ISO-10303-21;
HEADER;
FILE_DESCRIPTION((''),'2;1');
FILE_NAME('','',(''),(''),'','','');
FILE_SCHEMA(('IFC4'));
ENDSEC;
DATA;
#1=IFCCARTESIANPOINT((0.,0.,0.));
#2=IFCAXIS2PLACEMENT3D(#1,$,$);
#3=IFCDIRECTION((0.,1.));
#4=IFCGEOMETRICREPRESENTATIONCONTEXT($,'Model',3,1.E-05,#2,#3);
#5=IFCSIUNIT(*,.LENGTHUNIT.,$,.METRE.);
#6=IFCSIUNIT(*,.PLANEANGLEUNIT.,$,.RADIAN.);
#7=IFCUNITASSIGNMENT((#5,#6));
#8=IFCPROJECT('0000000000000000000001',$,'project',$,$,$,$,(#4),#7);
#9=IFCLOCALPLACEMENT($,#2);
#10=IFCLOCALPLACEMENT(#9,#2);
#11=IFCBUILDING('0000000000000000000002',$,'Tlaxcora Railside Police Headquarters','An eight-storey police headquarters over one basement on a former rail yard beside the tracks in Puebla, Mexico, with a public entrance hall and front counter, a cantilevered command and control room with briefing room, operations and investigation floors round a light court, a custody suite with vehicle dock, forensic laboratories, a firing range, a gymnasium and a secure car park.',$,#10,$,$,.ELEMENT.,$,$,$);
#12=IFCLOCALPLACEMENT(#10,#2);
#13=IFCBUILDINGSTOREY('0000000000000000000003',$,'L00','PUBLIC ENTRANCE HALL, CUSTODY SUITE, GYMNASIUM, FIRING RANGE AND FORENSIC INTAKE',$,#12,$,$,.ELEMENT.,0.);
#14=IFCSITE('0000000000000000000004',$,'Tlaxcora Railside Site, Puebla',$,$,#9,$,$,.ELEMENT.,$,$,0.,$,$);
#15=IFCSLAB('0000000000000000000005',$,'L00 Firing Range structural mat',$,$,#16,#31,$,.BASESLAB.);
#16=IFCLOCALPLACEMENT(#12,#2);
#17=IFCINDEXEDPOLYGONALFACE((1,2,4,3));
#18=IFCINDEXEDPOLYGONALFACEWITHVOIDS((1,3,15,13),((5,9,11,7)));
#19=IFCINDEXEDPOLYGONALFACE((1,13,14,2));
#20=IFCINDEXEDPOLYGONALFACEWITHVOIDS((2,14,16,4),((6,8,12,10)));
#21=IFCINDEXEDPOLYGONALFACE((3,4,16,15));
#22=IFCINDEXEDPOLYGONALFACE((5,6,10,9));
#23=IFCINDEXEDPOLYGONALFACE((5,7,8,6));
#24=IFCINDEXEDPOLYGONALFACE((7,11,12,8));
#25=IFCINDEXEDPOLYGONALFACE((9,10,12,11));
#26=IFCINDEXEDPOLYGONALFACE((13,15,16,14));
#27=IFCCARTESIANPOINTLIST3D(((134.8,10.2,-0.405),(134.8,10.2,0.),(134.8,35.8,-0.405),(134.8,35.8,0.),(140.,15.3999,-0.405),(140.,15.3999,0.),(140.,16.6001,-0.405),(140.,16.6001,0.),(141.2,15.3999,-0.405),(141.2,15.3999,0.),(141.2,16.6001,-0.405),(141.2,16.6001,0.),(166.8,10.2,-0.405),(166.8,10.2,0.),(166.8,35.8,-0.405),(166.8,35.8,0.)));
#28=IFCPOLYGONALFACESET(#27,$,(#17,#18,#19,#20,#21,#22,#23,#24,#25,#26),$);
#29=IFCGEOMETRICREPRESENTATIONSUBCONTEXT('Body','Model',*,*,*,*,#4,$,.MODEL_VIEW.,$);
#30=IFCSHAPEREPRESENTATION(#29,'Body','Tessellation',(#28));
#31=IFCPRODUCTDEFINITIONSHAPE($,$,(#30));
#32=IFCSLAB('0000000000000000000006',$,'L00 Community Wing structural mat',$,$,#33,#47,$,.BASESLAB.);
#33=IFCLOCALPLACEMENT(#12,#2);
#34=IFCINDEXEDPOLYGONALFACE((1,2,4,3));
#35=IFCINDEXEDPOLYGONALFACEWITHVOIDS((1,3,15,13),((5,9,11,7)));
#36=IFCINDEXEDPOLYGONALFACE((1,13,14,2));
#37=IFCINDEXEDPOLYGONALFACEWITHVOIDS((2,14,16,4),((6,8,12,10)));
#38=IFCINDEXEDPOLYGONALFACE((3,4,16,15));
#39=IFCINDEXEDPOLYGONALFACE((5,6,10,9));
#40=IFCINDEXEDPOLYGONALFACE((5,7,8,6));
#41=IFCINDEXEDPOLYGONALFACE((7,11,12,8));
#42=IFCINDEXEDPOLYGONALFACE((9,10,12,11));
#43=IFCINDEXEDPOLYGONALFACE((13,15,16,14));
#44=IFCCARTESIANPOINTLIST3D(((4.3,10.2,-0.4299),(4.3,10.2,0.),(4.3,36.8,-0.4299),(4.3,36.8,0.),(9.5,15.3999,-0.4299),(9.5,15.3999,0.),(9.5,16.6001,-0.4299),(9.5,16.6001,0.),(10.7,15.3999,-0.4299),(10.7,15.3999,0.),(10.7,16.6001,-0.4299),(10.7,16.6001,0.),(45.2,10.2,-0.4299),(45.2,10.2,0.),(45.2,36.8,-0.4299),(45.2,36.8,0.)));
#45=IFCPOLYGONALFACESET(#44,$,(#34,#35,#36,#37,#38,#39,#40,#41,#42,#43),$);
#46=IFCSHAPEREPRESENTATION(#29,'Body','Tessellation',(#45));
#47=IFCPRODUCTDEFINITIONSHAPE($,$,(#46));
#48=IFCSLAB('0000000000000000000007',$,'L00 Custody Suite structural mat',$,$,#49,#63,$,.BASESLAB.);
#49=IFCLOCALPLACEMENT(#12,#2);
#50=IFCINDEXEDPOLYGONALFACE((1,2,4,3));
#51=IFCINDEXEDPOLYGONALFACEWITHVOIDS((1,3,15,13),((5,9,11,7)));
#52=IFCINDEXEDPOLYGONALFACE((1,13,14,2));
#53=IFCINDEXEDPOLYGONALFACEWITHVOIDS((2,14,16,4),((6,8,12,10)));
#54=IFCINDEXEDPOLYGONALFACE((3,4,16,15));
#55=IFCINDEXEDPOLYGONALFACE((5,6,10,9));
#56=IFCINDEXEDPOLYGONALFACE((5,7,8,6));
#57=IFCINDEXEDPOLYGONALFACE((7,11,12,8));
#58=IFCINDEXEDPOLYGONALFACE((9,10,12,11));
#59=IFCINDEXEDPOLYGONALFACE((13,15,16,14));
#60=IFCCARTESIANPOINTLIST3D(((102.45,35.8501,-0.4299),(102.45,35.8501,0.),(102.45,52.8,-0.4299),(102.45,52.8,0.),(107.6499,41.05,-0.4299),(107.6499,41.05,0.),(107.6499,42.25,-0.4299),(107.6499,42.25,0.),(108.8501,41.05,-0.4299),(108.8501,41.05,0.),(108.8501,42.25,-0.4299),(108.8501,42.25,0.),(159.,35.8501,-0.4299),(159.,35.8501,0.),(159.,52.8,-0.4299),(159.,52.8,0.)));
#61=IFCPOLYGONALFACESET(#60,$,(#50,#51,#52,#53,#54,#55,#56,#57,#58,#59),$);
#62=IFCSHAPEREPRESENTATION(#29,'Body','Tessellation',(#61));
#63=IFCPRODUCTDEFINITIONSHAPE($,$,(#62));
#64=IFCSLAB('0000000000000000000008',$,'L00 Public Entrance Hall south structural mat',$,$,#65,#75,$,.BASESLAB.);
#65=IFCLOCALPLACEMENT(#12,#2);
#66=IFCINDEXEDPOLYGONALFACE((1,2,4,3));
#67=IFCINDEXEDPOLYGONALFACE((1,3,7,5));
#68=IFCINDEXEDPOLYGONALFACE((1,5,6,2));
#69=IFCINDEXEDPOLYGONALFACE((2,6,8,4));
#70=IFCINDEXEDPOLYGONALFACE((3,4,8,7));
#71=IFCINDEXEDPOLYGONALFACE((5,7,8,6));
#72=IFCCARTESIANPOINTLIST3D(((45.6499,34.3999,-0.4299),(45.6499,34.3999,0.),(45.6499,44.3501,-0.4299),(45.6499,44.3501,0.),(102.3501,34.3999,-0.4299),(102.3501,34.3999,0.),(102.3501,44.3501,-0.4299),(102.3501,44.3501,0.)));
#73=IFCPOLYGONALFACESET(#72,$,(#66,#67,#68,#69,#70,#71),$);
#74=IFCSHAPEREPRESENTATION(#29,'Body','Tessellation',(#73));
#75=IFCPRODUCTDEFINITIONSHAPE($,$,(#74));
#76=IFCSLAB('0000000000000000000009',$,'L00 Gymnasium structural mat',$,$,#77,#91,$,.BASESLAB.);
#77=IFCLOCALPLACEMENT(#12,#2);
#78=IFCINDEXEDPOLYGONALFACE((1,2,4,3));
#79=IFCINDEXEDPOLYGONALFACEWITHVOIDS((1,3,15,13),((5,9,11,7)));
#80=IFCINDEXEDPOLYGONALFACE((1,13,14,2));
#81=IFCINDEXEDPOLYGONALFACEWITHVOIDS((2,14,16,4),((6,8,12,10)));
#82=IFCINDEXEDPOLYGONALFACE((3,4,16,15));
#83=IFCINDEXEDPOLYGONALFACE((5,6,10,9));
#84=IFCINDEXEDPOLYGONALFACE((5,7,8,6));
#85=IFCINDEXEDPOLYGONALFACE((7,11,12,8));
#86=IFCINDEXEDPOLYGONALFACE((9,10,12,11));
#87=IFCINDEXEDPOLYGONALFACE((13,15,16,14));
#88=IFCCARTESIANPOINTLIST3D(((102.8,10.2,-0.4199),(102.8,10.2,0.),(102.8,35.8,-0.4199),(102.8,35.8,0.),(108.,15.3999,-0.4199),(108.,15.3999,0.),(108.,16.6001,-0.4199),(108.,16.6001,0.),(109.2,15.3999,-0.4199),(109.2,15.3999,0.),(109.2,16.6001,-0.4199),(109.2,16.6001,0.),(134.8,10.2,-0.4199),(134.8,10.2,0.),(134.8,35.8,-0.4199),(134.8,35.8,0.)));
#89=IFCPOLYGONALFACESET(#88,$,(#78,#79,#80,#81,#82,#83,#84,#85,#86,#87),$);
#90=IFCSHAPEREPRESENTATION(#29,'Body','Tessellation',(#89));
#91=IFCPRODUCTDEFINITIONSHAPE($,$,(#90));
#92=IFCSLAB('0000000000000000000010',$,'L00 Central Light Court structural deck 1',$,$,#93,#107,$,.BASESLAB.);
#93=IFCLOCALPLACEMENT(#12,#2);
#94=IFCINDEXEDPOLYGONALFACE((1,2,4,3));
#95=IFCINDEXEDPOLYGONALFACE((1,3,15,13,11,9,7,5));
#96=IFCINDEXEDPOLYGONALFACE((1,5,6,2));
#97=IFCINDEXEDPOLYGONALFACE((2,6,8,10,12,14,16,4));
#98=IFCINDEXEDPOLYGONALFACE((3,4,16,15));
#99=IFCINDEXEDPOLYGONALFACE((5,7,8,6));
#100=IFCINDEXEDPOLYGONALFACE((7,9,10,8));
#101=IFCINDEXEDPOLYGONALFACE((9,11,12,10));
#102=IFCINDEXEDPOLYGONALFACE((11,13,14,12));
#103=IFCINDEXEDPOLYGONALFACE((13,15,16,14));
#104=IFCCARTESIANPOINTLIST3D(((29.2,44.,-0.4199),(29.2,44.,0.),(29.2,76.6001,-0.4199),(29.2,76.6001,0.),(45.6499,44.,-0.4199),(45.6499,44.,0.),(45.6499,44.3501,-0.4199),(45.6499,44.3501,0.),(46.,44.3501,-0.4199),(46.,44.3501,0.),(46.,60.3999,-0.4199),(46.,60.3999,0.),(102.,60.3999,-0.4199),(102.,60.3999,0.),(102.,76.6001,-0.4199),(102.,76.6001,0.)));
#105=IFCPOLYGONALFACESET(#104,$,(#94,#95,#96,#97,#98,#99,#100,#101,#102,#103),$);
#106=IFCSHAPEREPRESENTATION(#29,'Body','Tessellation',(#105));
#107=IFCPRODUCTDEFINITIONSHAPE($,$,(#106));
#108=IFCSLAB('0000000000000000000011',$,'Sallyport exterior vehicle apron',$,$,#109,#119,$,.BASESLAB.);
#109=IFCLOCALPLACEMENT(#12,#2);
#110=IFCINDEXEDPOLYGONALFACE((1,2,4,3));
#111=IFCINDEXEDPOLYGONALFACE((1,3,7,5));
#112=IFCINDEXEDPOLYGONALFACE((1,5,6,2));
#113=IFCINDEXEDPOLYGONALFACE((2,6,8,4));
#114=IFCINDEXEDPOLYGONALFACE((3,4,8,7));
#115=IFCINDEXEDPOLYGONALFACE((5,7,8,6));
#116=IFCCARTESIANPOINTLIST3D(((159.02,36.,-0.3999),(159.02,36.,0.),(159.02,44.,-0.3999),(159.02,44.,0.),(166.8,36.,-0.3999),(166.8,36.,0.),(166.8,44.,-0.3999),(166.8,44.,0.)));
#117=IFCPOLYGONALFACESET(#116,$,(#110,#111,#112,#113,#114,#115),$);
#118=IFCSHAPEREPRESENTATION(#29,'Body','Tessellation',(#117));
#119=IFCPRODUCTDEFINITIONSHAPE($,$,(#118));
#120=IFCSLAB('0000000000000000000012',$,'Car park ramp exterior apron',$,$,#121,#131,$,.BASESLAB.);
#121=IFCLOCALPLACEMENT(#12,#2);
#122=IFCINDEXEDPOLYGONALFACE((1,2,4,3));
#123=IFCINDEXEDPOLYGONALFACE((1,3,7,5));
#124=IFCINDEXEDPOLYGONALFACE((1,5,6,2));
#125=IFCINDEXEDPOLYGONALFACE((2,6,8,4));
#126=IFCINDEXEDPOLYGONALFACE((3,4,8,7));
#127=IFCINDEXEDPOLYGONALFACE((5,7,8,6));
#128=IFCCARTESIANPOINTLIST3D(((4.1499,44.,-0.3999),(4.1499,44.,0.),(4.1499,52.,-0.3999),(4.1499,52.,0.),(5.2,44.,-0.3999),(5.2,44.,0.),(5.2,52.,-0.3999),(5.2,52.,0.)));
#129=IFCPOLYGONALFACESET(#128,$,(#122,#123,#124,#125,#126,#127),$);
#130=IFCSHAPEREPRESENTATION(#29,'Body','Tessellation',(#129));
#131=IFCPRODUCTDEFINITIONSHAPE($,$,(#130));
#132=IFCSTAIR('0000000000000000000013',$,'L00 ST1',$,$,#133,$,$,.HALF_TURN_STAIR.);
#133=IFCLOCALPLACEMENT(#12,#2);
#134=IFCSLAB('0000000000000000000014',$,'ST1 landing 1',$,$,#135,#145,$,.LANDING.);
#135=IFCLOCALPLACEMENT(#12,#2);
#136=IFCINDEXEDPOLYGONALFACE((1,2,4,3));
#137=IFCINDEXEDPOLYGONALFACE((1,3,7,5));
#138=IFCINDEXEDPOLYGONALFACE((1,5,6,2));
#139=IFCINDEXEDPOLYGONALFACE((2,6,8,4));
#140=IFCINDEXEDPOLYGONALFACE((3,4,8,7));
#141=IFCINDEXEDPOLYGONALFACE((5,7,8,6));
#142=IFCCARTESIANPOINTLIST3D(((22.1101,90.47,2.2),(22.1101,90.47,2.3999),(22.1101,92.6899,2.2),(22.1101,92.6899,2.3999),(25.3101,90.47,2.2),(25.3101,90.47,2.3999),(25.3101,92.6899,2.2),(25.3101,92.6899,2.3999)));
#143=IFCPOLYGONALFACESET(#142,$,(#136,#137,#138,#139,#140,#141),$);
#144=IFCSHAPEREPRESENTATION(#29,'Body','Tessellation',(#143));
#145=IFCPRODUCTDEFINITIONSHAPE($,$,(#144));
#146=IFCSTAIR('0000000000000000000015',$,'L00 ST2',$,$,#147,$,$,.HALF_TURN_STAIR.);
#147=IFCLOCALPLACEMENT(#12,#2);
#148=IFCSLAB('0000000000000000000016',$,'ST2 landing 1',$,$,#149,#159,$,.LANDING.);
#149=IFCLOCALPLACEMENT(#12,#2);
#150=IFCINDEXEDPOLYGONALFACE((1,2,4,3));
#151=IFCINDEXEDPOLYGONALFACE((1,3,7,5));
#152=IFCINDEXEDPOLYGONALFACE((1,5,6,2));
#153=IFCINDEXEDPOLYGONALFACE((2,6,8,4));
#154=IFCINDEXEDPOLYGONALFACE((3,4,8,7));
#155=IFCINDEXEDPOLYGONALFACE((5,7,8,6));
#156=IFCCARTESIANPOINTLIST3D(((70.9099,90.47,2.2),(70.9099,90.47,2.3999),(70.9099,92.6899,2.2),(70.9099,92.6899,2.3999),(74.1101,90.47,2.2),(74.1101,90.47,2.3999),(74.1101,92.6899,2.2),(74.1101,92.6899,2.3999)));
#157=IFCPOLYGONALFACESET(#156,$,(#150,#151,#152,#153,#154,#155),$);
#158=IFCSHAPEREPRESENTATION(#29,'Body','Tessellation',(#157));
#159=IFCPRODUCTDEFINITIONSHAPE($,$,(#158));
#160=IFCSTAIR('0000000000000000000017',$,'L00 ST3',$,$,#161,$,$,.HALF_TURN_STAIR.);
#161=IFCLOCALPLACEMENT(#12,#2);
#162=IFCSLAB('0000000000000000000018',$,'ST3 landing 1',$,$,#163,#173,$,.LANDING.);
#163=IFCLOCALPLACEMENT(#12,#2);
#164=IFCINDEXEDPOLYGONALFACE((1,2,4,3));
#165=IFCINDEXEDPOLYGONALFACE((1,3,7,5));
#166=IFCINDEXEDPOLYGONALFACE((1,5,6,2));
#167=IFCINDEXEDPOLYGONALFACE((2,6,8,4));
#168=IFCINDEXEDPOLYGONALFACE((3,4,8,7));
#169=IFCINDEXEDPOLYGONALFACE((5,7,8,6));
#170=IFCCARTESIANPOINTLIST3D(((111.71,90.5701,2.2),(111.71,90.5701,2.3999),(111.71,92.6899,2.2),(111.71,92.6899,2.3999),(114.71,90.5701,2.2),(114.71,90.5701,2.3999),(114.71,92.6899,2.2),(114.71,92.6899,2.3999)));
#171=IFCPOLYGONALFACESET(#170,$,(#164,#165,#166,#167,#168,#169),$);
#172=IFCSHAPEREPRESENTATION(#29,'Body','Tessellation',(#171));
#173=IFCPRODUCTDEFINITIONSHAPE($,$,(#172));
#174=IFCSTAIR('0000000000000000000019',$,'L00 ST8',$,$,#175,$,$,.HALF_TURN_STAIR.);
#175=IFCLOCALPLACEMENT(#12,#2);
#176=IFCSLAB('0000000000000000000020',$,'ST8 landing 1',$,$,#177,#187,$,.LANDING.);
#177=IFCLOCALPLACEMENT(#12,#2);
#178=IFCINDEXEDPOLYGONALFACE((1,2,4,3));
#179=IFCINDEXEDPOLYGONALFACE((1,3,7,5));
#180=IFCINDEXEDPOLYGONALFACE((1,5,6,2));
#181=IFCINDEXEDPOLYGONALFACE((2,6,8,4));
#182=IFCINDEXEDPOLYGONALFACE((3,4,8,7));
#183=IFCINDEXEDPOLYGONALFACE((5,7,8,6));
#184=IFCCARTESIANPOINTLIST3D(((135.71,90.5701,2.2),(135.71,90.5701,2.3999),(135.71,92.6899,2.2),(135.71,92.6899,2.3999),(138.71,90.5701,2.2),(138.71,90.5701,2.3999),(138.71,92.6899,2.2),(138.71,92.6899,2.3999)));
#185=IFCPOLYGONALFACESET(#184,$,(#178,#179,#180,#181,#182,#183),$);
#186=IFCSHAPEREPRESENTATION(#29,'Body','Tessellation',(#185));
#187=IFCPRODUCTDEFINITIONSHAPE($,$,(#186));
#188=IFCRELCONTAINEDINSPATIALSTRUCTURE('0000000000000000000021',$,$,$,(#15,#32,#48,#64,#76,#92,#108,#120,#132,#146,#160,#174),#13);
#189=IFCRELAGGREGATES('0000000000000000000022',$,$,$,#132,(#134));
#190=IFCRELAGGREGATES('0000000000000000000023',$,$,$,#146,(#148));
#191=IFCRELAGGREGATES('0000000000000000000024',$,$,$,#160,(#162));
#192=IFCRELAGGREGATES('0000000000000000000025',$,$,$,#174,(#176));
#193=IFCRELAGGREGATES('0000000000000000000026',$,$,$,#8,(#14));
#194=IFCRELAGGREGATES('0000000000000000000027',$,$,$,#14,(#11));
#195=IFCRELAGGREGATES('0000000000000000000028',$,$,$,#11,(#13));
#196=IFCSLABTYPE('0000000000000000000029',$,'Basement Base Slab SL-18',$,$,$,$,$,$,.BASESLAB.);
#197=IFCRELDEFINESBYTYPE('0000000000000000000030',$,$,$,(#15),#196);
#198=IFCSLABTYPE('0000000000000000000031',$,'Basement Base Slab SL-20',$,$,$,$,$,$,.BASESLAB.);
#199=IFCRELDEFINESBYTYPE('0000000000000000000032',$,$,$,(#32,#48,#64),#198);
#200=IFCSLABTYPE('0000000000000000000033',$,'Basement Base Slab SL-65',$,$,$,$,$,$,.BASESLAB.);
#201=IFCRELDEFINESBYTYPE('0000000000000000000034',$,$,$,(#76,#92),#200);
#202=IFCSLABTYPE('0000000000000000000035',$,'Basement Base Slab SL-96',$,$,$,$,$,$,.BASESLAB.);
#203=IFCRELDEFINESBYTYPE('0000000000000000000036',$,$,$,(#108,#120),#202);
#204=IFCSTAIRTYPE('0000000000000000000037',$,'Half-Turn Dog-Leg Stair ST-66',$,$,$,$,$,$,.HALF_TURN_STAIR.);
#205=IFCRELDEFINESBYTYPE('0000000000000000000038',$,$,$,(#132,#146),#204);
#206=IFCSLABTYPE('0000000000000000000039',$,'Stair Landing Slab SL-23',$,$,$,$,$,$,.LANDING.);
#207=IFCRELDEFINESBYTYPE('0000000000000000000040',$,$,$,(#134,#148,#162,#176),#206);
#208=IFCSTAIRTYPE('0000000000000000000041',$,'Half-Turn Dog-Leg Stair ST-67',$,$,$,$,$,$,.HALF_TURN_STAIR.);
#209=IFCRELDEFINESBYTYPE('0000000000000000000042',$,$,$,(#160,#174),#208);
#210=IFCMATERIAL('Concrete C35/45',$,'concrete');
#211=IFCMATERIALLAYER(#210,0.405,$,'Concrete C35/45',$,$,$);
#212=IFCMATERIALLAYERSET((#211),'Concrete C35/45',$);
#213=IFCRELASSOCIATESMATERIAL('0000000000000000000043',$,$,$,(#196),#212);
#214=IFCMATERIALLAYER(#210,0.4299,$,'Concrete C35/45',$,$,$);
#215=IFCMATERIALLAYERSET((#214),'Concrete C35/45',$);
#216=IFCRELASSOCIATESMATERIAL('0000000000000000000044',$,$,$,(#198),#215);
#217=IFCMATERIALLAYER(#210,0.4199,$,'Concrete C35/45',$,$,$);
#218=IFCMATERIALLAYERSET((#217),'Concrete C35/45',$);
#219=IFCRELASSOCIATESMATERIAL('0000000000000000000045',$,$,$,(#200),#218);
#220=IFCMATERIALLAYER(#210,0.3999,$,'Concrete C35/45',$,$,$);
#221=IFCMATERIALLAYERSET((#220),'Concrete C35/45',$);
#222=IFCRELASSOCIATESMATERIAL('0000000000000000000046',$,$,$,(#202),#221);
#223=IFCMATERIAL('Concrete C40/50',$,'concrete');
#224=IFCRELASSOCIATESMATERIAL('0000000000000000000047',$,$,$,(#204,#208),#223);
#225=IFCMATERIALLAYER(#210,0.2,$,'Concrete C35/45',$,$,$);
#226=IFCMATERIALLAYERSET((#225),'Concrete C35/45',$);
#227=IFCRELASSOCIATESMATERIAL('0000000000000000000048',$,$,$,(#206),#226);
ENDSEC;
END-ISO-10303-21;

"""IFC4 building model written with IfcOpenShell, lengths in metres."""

from ifc_helpers import new_model, si_unit, direction, frame, origin, place, context, subcontext, project, spatial, polyline, outline, extrude, material, layer, layer_set, type_object, element, aggregate, save


model = new_model("IFC4")

# Units and contexts
model_context = context("Model", 3, precision=1e-05, world=origin(), true_north=direction((0.0, 1.0)))
body_context = subcontext(model_context, "Body", "Model", "MODEL_VIEW")
ifc_project = project(units=[si_unit("LENGTHUNIT", "METRE"), si_unit("PLANEANGLEUNIT", "RADIAN")], contexts=[model_context])

# Site, building, storey
site_placement = place(None, origin())
site = spatial("IfcSite", under=ifc_project, at=site_placement, Name="Tlaxcora Railside Site, Puebla", CompositionType="ELEMENT", RefElevation=0.0)
building_placement = place(site_placement, origin())
building = spatial("IfcBuilding", under=site, at=building_placement, Name="Tlaxcora Railside Police Headquarters", Description="An eight-storey police headquarters over one basement on a former rail yard beside the tracks in Puebla, Mexico, with a public entrance hall and front counter, a cantilevered command and control room with briefing room, operations and investigation floors round a light court, a custody suite with vehicle dock, forensic laboratories, a firing range, a gymnasium and a secure car park.", CompositionType="ELEMENT")
storey_placement = place(building_placement, origin())
storey = spatial("IfcBuildingStorey", under=building, at=storey_placement, Name="L00", Description="PUBLIC ENTRANCE HALL, CUSTODY SUITE, GYMNASIUM, FIRING RANGE AND FORENSIC INTAKE", CompositionType="ELEMENT", Elevation=0.0)

# Slabs
ifc_material_1 = material(Name="Concrete C35/45", Category="concrete")
ifc_layer_1 = layer(ifc_material_1, 0.405, Name="Concrete C35/45")
ifc_layer_set_1 = layer_set([ifc_layer_1], Name="Concrete C35/45")
slab_type_1 = type_object("IfcSlabType", Name="Basement Base Slab SL-18", PredefinedType="BASESLAB", material=ifc_layer_set_1)
slab_1_placement = place(storey_placement, frame((0.0, 0.0, -0.405)))
element("IfcSlab", 1, at=slab_1_placement, inside=storey, type_object=slab_type_1, Name="L00 Firing Range structural mat", PredefinedType="BASESLAB", context=body_context, shape_type="SweptSolid", body=[
    extrude(outline(polyline([(166.8, 10.2), (166.8, 35.8), (134.8, 35.8), (134.8, 10.2), (166.8, 10.2)]), holes=[polyline([(141.2, 15.3999), (140.0, 15.3999), (140.0, 16.6001), (141.2, 16.6001), (141.2, 15.3999)])]), origin(), (0.0, 0.0, 1.0), 0.405),
])
ifc_layer_2 = layer(ifc_material_1, 0.4299, Name="Concrete C35/45")
ifc_layer_set_2 = layer_set([ifc_layer_2], Name="Concrete C35/45")
slab_type_2 = type_object("IfcSlabType", Name="Basement Base Slab SL-20", PredefinedType="BASESLAB", material=ifc_layer_set_2)
slab_2_placement = place(storey_placement, frame((0.0, 0.0, -0.4299)))
element("IfcSlab", 2, at=slab_2_placement, inside=storey, type_object=slab_type_2, Name="L00 Community Wing structural mat", PredefinedType="BASESLAB", context=body_context, shape_type="SweptSolid", body=[
    extrude(outline(polyline([(45.2, 10.2), (45.2, 36.8), (4.3, 36.8), (4.3, 10.2), (45.2, 10.2)]), holes=[polyline([(10.7, 15.3999), (9.5, 15.3999), (9.5, 16.6001), (10.7, 16.6001), (10.7, 15.3999)])]), origin(), (0.0, 0.0, 1.0), 0.4299),
])
slab_3_placement = place(storey_placement, frame((0.0, 0.0, -0.4299)))
element("IfcSlab", 3, at=slab_3_placement, inside=storey, type_object=slab_type_2, Name="L00 Custody Suite structural mat", PredefinedType="BASESLAB", context=body_context, shape_type="SweptSolid", body=[
    extrude(outline(polyline([(159.0, 35.8501), (159.0, 52.8), (102.45, 52.8), (102.45, 35.8501), (159.0, 35.8501)]), holes=[polyline([(108.8501, 41.05), (107.6499, 41.05), (107.6499, 42.25), (108.8501, 42.25), (108.8501, 41.05)])]), origin(), (0.0, 0.0, 1.0), 0.4299),
])
slab_4_placement = place(storey_placement, frame((0.0, 0.0, -0.4299)))
element("IfcSlab", 4, at=slab_4_placement, inside=storey, type_object=slab_type_2, Name="L00 Public Entrance Hall south structural mat", PredefinedType="BASESLAB", context=body_context, shape_type="SweptSolid", body=[
    extrude(outline(polyline([(102.3501, 34.3999), (102.3501, 44.3501), (45.6499, 44.3501), (45.6499, 34.3999), (102.3501, 34.3999)])), origin(), (0.0, 0.0, 1.0), 0.4299),
])
ifc_layer_3 = layer(ifc_material_1, 0.4199, Name="Concrete C35/45")
ifc_layer_set_3 = layer_set([ifc_layer_3], Name="Concrete C35/45")
slab_type_3 = type_object("IfcSlabType", Name="Basement Base Slab SL-65", PredefinedType="BASESLAB", material=ifc_layer_set_3)
slab_5_placement = place(storey_placement, frame((0.0, 0.0, -0.4199)))
element("IfcSlab", 5, at=slab_5_placement, inside=storey, type_object=slab_type_3, Name="L00 Gymnasium structural mat", PredefinedType="BASESLAB", context=body_context, shape_type="SweptSolid", body=[
    extrude(outline(polyline([(134.8, 10.2), (134.8, 35.8), (102.8, 35.8), (102.8, 10.2), (134.8, 10.2)]), holes=[polyline([(109.2, 15.3999), (108.0, 15.3999), (108.0, 16.6001), (109.2, 16.6001), (109.2, 15.3999)])]), origin(), (0.0, 0.0, 1.0), 0.4199),
])
slab_6_placement = place(storey_placement, frame((0.0, 0.0, -0.4199)))
element("IfcSlab", 6, at=slab_6_placement, inside=storey, type_object=slab_type_3, Name="L00 Central Light Court structural deck 1", PredefinedType="BASESLAB", context=body_context, shape_type="SweptSolid", body=[
    extrude(outline(polyline([(45.6499, 44.0), (45.6499, 44.3501), (46.0, 44.3501), (46.0, 60.3999), (102.0, 60.3999), (102.0, 76.6001), (29.2, 76.6001), (29.2, 44.0), (45.6499, 44.0)])), origin(), (0.0, 0.0, 1.0), 0.4199),
])
ifc_layer_4 = layer(ifc_material_1, 0.3999, Name="Concrete C35/45")
ifc_layer_set_4 = layer_set([ifc_layer_4], Name="Concrete C35/45")
slab_type_4 = type_object("IfcSlabType", Name="Basement Base Slab SL-96", PredefinedType="BASESLAB", material=ifc_layer_set_4)
slab_7_placement = place(storey_placement, frame((0.0, 0.0, -0.3999)))
element("IfcSlab", 7, at=slab_7_placement, inside=storey, type_object=slab_type_4, Name="Sallyport exterior vehicle apron", PredefinedType="BASESLAB", context=body_context, shape_type="SweptSolid", body=[
    extrude(outline(polyline([(166.8, 36.0), (166.8, 44.0), (159.02, 44.0), (159.02, 36.0), (166.8, 36.0)])), origin(), (0.0, 0.0, 1.0), 0.3999),
])
slab_8_placement = place(storey_placement, frame((0.0, 0.0, -0.3999)))
element("IfcSlab", 8, at=slab_8_placement, inside=storey, type_object=slab_type_4, Name="Car park ramp exterior apron", PredefinedType="BASESLAB", context=body_context, shape_type="SweptSolid", body=[
    extrude(outline(polyline([(5.2, 44.0), (5.2, 52.0), (4.1499, 52.0), (4.1499, 44.0), (5.2, 44.0)])), origin(), (0.0, 0.0, 1.0), 0.3999),
])

# Stairs, slabs
ifc_material_2 = material(Name="Concrete C40/50", Category="concrete")
stair_type_1 = type_object("IfcStairType", Name="Half-Turn Dog-Leg Stair ST-66", PredefinedType="HALF_TURN_STAIR", material=ifc_material_2)
stair_1_placement = place(storey_placement, origin())
stair_1 = element("IfcStair", 9, at=stair_1_placement, inside=storey, type_object=stair_type_1, Name="L00 ST1", PredefinedType="HALF_TURN_STAIR")
ifc_layer_5 = layer(ifc_material_1, 0.2, Name="Concrete C35/45")
ifc_layer_set_5 = layer_set([ifc_layer_5], Name="Concrete C35/45")
slab_type_5 = type_object("IfcSlabType", Name="Stair Landing Slab SL-23", PredefinedType="LANDING", material=ifc_layer_set_5)
slab_9_placement = place(storey_placement, frame((0.0, 0.0, 2.2)))
slab_9 = element("IfcSlab", 10, at=slab_9_placement, type_object=slab_type_5, Name="ST1 landing 1", PredefinedType="LANDING", context=body_context, shape_type="SweptSolid", body=[
    extrude(outline(polyline([(25.3101, 90.47), (25.3101, 92.6899), (22.1101, 92.6899), (22.1101, 90.47), (25.3101, 90.47)])), origin(), (0.0, 0.0, 1.0), 0.2),
])
aggregate(stair_1, [slab_9])
stair_2_placement = place(storey_placement, origin())
stair_2 = element("IfcStair", 11, at=stair_2_placement, inside=storey, type_object=stair_type_1, Name="L00 ST2", PredefinedType="HALF_TURN_STAIR")
slab_10_placement = place(storey_placement, frame((0.0, 0.0, 2.2)))
slab_10 = element("IfcSlab", 12, at=slab_10_placement, type_object=slab_type_5, Name="ST2 landing 1", PredefinedType="LANDING", context=body_context, shape_type="SweptSolid", body=[
    extrude(outline(polyline([(74.1101, 90.47), (74.1101, 92.6899), (70.9099, 92.6899), (70.9099, 90.47), (74.1101, 90.47)])), origin(), (0.0, 0.0, 1.0), 0.2),
])
aggregate(stair_2, [slab_10])
stair_type_2 = type_object("IfcStairType", Name="Half-Turn Dog-Leg Stair ST-67", PredefinedType="HALF_TURN_STAIR", material=ifc_material_2)
stair_3_placement = place(storey_placement, origin())
stair_3 = element("IfcStair", 13, at=stair_3_placement, inside=storey, type_object=stair_type_2, Name="L00 ST3", PredefinedType="HALF_TURN_STAIR")
slab_11_placement = place(storey_placement, frame((0.0, 0.0, 2.2)))
slab_11 = element("IfcSlab", 14, at=slab_11_placement, type_object=slab_type_5, Name="ST3 landing 1", PredefinedType="LANDING", context=body_context, shape_type="SweptSolid", body=[
    extrude(outline(polyline([(114.71, 90.5701), (114.71, 92.6899), (111.71, 92.6899), (111.71, 90.5701), (114.71, 90.5701)])), origin(), (0.0, 0.0, 1.0), 0.2),
])
aggregate(stair_3, [slab_11])
stair_4_placement = place(storey_placement, origin())
stair_4 = element("IfcStair", 15, at=stair_4_placement, inside=storey, type_object=stair_type_2, Name="L00 ST8", PredefinedType="HALF_TURN_STAIR")
slab_12_placement = place(storey_placement, frame((0.0, 0.0, 2.2)))
slab_12 = element("IfcSlab", 16, at=slab_12_placement, type_object=slab_type_5, Name="ST8 landing 1", PredefinedType="LANDING", context=body_context, shape_type="SweptSolid", body=[
    extrude(outline(polyline([(138.71, 90.5701), (138.71, 92.6899), (135.71, 92.6899), (135.71, 90.5701), (138.71, 90.5701)])), origin(), (0.0, 0.0, 1.0), 0.2),
])
aggregate(stair_4, [slab_12])

save(model, "model.ifc")
